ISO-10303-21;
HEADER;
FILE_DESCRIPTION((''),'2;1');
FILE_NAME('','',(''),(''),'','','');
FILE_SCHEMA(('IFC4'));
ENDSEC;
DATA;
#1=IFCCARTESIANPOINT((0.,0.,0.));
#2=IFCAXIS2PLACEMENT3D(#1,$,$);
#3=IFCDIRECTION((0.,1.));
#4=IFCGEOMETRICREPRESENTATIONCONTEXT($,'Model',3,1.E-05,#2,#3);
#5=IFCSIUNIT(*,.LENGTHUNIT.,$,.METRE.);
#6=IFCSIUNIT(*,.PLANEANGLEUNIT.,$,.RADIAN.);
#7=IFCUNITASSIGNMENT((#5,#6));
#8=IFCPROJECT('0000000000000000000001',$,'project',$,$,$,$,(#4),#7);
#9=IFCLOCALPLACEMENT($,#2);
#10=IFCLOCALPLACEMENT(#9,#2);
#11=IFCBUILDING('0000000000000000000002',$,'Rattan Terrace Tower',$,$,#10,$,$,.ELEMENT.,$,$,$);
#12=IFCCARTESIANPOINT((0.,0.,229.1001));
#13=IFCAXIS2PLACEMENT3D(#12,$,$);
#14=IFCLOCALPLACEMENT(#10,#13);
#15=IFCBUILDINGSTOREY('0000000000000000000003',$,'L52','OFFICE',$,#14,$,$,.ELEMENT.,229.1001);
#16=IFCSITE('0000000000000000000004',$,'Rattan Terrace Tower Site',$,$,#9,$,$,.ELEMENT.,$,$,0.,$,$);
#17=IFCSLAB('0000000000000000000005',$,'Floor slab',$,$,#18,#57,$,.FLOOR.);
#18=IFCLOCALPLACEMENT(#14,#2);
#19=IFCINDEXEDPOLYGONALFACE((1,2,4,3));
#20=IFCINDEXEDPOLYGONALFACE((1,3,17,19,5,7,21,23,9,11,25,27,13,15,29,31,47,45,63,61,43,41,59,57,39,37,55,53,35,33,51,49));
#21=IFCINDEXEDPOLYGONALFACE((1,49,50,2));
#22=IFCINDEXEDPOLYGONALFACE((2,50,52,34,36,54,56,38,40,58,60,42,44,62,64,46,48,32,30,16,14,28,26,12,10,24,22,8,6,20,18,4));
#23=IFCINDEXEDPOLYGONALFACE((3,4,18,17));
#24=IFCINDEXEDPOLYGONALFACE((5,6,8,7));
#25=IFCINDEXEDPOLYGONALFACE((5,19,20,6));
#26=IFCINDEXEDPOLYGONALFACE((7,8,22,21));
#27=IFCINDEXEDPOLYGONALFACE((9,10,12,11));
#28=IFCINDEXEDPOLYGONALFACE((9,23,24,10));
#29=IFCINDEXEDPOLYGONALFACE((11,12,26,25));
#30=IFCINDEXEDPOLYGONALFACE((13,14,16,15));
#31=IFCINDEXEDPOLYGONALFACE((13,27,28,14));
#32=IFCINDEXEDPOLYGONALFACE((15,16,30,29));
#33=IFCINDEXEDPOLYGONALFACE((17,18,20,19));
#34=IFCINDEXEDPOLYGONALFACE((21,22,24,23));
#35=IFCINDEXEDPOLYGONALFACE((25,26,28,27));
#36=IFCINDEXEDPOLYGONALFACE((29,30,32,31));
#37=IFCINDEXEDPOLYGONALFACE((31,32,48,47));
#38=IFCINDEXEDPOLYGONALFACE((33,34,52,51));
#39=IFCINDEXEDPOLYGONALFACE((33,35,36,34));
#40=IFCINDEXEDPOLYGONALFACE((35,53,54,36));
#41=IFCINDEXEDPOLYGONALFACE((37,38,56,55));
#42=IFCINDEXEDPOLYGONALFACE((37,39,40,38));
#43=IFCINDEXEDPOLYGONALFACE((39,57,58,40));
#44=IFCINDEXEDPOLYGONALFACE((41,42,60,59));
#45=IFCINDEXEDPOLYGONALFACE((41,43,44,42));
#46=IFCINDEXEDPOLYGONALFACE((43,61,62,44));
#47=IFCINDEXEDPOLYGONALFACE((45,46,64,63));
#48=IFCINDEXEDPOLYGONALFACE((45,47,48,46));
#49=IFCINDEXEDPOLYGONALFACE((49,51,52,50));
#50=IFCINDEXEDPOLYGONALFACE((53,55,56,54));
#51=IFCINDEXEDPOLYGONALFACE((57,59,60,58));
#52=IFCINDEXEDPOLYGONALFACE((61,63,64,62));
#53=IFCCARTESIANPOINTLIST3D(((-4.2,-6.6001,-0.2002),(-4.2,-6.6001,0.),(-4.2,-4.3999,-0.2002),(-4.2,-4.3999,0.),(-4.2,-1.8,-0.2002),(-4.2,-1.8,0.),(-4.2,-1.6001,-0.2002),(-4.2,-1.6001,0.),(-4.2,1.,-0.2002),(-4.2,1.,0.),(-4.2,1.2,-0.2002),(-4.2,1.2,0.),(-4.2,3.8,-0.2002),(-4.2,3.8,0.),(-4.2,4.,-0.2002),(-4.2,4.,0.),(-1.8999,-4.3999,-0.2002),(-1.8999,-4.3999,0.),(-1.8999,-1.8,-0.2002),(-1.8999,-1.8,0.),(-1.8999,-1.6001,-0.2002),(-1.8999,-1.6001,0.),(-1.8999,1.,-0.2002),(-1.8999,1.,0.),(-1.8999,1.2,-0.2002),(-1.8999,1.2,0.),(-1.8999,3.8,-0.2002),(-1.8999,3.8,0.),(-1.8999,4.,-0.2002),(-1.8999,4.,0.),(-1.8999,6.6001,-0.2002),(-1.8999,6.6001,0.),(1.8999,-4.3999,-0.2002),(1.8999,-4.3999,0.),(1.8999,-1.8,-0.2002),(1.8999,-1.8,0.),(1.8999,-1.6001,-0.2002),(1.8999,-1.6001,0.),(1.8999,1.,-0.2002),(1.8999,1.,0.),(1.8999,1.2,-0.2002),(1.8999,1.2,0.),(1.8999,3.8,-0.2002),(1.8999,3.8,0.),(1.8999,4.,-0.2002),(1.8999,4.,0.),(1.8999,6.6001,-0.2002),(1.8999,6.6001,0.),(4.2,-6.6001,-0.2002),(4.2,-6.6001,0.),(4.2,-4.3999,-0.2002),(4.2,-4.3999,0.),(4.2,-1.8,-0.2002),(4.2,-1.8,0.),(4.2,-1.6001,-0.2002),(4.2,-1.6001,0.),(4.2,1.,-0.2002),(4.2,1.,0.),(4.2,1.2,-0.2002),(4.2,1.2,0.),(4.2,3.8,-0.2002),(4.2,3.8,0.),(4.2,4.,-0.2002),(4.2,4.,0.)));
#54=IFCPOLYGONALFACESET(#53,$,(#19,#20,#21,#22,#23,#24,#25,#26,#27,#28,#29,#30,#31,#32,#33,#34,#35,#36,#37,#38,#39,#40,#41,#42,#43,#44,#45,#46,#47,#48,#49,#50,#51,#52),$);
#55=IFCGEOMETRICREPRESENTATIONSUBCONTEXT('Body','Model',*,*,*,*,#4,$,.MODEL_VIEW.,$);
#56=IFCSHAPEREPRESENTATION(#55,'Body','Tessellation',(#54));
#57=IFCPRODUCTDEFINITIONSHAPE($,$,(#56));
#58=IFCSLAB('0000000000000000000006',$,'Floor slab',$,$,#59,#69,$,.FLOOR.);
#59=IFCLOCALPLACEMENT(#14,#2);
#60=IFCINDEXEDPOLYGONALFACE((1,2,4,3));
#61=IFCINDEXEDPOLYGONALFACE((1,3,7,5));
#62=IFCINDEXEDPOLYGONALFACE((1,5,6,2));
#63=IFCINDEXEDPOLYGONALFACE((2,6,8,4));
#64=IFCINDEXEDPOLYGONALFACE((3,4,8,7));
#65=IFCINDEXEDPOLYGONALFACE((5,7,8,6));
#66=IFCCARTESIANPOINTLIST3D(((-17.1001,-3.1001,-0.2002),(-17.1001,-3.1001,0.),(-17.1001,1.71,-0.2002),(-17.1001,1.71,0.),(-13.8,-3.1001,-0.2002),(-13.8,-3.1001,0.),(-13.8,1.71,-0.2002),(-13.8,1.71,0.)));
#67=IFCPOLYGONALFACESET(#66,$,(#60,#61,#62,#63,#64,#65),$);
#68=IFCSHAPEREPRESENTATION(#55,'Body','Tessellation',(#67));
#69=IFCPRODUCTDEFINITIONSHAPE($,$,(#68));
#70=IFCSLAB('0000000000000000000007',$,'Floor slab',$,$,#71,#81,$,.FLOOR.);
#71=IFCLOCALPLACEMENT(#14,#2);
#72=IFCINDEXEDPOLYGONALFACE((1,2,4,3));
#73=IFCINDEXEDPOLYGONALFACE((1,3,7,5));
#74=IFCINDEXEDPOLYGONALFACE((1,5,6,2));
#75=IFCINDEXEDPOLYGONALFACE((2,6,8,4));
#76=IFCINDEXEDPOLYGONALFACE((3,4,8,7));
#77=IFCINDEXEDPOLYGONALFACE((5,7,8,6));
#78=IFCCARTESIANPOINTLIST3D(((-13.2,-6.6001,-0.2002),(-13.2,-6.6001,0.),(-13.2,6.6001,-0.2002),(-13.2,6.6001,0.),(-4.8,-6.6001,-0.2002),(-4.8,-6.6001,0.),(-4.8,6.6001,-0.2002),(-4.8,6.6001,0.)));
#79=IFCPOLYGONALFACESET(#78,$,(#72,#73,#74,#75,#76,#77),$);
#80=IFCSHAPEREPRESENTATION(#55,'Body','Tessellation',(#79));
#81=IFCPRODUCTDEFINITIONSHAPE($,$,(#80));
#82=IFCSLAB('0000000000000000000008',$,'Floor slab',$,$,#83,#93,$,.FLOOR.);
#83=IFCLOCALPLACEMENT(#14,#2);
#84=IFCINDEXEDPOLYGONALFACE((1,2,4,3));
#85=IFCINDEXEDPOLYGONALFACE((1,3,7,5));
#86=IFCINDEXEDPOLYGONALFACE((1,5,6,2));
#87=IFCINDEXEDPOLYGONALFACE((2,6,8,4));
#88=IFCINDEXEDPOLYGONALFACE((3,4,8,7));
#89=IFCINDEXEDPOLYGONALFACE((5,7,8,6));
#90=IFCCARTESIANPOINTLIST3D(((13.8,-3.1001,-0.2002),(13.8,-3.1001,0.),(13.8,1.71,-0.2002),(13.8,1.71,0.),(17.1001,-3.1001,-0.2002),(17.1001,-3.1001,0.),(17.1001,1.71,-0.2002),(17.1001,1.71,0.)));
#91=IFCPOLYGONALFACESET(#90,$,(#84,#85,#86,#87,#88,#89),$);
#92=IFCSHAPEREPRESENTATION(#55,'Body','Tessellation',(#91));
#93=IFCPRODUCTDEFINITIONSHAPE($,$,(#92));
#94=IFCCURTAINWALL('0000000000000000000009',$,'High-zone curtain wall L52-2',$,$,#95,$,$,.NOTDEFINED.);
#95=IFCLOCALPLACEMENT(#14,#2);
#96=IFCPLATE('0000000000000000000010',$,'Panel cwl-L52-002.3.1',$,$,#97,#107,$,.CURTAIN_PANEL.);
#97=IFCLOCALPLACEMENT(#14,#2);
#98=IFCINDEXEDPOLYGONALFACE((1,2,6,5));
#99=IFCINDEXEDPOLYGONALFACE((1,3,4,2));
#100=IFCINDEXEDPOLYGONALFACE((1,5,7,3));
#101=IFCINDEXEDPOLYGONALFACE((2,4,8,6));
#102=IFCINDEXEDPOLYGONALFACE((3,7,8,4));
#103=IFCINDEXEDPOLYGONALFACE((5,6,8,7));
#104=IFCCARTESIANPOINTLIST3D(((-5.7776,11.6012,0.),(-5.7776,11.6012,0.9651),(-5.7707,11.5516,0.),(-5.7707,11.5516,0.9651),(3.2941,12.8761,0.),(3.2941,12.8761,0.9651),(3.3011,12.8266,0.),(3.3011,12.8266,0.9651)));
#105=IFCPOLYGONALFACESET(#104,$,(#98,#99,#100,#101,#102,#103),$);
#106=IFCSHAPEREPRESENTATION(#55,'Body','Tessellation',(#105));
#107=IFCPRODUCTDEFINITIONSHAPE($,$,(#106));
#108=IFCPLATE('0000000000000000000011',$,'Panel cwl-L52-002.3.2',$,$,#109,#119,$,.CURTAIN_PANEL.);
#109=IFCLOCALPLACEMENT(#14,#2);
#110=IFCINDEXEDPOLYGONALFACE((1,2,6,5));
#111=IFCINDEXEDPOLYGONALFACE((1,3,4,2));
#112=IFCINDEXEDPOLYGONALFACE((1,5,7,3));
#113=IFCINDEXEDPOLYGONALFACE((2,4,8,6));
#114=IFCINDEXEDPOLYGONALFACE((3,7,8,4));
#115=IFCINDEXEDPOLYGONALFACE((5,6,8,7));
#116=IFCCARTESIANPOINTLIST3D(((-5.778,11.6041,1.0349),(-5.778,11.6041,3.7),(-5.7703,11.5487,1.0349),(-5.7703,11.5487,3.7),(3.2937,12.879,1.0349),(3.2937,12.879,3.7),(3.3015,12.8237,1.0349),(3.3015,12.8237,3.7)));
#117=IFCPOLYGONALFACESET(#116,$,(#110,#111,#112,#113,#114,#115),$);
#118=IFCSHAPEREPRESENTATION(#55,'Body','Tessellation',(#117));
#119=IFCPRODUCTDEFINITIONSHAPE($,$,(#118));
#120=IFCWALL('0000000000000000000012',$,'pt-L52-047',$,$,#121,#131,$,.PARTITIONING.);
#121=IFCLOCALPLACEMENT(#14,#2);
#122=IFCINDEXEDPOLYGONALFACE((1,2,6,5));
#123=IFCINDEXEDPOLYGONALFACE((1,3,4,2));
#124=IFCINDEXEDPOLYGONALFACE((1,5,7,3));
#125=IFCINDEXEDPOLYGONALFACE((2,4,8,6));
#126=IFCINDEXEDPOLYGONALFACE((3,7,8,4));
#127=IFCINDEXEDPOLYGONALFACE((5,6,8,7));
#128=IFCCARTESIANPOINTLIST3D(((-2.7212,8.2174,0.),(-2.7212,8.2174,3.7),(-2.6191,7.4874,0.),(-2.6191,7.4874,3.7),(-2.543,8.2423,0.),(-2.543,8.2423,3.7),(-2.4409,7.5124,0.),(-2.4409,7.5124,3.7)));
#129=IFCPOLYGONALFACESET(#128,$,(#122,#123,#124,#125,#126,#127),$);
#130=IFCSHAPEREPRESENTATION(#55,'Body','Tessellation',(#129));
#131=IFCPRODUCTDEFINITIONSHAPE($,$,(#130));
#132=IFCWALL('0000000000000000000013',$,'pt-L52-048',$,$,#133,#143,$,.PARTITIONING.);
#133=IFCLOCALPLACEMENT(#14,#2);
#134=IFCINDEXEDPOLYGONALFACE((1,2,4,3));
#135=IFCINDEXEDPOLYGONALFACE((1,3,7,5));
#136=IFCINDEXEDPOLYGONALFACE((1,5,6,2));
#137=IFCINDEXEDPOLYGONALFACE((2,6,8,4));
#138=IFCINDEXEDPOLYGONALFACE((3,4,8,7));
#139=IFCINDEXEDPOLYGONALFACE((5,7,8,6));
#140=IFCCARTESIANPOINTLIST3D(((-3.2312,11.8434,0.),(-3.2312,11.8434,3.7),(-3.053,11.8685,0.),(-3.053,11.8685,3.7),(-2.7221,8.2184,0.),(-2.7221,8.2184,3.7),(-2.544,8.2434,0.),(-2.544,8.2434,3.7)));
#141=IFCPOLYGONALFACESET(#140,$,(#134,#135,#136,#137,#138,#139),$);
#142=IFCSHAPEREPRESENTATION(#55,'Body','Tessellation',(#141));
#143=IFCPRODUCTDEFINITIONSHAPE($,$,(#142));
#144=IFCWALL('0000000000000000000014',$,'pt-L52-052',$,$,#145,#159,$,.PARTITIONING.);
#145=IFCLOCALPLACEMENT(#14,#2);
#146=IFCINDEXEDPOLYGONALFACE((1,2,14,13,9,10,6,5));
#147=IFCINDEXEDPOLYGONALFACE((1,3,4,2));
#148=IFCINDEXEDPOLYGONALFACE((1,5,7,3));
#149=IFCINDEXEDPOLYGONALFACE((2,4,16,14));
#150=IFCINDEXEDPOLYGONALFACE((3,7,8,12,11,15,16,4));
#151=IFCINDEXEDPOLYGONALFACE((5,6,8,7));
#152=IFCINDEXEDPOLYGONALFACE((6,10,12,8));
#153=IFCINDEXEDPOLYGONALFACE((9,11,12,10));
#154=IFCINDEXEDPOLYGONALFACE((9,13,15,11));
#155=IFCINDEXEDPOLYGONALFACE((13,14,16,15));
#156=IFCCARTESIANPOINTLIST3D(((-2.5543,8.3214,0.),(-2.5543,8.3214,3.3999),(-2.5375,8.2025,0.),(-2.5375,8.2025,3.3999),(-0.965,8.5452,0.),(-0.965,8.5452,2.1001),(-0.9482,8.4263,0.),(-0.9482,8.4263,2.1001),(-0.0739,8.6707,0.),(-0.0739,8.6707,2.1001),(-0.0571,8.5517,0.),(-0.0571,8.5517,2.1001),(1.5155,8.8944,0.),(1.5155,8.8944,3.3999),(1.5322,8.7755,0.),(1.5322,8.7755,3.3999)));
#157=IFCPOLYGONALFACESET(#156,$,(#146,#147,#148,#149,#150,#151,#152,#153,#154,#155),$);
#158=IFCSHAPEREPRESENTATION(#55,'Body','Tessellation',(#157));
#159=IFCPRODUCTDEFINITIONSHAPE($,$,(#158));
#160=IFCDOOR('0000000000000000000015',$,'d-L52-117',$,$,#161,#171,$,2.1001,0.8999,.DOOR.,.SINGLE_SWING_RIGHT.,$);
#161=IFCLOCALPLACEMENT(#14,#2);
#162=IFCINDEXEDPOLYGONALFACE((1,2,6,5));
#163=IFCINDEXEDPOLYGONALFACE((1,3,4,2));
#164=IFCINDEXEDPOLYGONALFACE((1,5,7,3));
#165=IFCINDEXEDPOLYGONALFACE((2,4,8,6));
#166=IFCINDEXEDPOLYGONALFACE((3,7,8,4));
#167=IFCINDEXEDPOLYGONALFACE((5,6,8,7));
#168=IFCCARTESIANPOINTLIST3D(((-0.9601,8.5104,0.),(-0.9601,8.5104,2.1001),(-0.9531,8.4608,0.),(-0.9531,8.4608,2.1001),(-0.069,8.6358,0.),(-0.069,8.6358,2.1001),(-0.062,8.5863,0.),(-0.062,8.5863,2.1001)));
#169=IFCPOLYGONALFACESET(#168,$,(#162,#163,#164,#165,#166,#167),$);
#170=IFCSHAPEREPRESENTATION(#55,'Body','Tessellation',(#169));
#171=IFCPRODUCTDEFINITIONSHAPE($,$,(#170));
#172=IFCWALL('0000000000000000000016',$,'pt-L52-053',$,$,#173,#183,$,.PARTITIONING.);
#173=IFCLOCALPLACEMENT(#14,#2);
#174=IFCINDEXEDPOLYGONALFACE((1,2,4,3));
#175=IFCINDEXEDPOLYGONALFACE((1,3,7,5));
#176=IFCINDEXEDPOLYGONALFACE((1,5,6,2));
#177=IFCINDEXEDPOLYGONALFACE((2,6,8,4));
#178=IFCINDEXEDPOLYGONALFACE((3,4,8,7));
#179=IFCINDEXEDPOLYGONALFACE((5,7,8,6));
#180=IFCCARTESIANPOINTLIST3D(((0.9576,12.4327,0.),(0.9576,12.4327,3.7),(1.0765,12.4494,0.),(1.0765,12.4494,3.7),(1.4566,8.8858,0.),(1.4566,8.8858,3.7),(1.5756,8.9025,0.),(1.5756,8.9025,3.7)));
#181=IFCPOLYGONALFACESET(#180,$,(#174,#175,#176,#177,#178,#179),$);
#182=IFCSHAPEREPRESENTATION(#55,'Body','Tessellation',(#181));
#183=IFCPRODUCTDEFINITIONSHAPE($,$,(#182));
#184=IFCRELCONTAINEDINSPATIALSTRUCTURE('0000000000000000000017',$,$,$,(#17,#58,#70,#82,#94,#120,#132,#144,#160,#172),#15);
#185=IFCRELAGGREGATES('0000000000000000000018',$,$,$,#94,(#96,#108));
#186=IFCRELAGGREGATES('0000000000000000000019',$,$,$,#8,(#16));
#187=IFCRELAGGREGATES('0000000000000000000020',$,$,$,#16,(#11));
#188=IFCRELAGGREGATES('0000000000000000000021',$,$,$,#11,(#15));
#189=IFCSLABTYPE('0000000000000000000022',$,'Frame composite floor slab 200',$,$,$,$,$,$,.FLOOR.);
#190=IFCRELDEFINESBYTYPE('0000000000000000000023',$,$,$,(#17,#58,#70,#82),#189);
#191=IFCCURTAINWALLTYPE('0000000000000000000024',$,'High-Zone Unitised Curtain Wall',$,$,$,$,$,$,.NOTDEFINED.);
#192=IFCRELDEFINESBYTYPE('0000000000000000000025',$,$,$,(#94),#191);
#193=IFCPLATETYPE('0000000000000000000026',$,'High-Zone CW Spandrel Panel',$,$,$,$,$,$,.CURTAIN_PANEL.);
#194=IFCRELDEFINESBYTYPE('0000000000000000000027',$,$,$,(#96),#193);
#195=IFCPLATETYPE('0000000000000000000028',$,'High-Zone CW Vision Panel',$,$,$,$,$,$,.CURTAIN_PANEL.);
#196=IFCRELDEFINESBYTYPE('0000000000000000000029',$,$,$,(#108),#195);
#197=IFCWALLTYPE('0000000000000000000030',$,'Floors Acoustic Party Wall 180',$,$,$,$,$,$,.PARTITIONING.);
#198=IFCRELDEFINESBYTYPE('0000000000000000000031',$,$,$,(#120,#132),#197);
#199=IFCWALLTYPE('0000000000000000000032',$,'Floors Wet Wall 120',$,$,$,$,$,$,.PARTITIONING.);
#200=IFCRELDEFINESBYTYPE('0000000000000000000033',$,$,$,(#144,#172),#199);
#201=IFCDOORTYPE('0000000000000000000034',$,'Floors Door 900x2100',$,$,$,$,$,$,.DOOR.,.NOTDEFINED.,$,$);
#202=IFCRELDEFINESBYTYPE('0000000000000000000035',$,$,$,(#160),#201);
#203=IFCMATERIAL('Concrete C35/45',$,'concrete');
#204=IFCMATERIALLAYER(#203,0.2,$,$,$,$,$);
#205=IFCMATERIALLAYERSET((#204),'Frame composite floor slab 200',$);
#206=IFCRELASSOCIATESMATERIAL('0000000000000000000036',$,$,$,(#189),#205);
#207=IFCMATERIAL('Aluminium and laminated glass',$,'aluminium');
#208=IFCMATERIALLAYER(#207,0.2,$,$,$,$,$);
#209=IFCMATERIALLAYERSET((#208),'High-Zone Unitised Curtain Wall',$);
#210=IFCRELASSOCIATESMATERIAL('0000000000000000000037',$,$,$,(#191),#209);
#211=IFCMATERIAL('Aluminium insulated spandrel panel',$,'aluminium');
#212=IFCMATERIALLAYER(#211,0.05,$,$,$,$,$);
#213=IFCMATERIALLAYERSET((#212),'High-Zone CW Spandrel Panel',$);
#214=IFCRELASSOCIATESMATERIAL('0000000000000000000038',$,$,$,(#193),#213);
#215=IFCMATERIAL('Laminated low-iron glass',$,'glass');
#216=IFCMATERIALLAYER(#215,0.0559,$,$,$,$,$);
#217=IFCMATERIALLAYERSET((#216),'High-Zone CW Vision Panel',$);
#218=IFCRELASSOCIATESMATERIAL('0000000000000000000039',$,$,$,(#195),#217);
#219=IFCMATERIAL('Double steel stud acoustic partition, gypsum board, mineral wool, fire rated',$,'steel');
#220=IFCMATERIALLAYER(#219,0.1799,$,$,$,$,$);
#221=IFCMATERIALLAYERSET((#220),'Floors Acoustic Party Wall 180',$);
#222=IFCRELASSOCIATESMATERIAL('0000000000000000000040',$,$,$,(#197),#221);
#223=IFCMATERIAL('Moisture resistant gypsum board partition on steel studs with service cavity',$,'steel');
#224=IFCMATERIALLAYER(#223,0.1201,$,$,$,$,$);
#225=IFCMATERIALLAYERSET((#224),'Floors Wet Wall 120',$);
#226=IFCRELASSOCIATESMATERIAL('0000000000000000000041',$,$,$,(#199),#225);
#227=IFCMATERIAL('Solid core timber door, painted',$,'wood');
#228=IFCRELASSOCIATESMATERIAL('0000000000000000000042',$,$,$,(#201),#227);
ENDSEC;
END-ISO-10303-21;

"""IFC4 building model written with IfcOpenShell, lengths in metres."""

from ifc_helpers import new_model, si_unit, direction, frame, frame_2d, origin, origin_2d, place, context, subcontext, project, spatial, polyline, rectangle, outline, extrude, material, layer, layer_set, type_object, element, fill, aggregate, save


model = new_model("IFC4")

# Units and contexts
model_context = context("Model", 3, precision=1e-05, world=origin(), true_north=direction((0.0, 1.0)))
body_context = subcontext(model_context, "Body", "Model", "MODEL_VIEW")
ifc_project = project(units=[si_unit("LENGTHUNIT", "METRE"), si_unit("PLANEANGLEUNIT", "RADIAN")], contexts=[model_context])

# Site, building, storey
site_placement = place(None, origin())
site = spatial("IfcSite", under=ifc_project, at=site_placement, Name="Rattan Terrace Tower Site", CompositionType="ELEMENT", RefElevation=0.0)
building_placement = place(site_placement, origin())
building = spatial("IfcBuilding", under=site, at=building_placement, Name="Rattan Terrace Tower", CompositionType="ELEMENT")
storey_placement = place(building_placement, frame((0.0, 0.0, 229.1001)))
storey = spatial("IfcBuildingStorey", under=building, at=storey_placement, Name="L52", Description="OFFICE", CompositionType="ELEMENT", Elevation=229.1001)

# Slabs
ifc_material_1 = material(Name="Concrete C35/45", Category="concrete")
ifc_layer_1 = layer(ifc_material_1, 0.2)
ifc_layer_set_1 = layer_set([ifc_layer_1], Name="Frame composite floor slab 200")
slab_type_1 = type_object("IfcSlabType", Name="Frame composite floor slab 200", PredefinedType="FLOOR", material=ifc_layer_set_1)
slab_1_placement = place(storey_placement, frame((0.0, 0.0, -0.2002)))
element("IfcSlab", 1, at=slab_1_placement, inside=storey, type_object=slab_type_1, Name="Floor slab", PredefinedType="FLOOR", context=body_context, shape_type="SweptSolid", body=[
    extrude(outline(polyline([(1.8999, 6.6001), (-1.8999, 6.6001), (-1.8999, 4.0), (-4.2, 4.0), (-4.2, 3.8), (-1.8999, 3.8), (-1.8999, 1.2), (-4.2, 1.2), (-4.2, 1.0), (-1.8999, 1.0), (-1.8999, -1.6001), (-4.2, -1.6001), (-4.2, -1.8), (-1.8999, -1.8), (-1.8999, -4.3999), (-4.2, -4.3999), (-4.2, -6.6001), (4.2, -6.6001), (4.2, -4.3999), (1.8999, -4.3999), (1.8999, -1.8), (4.2, -1.8), (4.2, -1.6001), (1.8999, -1.6001), (1.8999, 1.0), (4.2, 1.0), (4.2, 1.2), (1.8999, 1.2), (1.8999, 3.8), (4.2, 3.8), (4.2, 4.0), (1.8999, 4.0), (1.8999, 6.6001)])), origin(), (0.0, 0.0, 1.0), 0.2002),
])
slab_2_placement = place(storey_placement, frame((0.0, 0.0, -0.2002)))
element("IfcSlab", 2, at=slab_2_placement, inside=storey, type_object=slab_type_1, Name="Floor slab", PredefinedType="FLOOR", context=body_context, shape_type="SweptSolid", body=[
    extrude(outline(polyline([(-17.1001, -3.1001), (-13.8, -3.1001), (-13.8, 1.71), (-17.1001, 1.71), (-17.1001, -3.1001)])), origin(), (0.0, 0.0, 1.0), 0.2002),
])
slab_3_placement = place(storey_placement, frame((0.0, 0.0, -0.2002)))
element("IfcSlab", 3, at=slab_3_placement, inside=storey, type_object=slab_type_1, Name="Floor slab", PredefinedType="FLOOR", context=body_context, shape_type="SweptSolid", body=[
    extrude(outline(polyline([(-4.8, -6.6001), (-4.8, 6.6001), (-13.2, 6.6001), (-13.2, -6.6001), (-4.8, -6.6001)])), origin(), (0.0, 0.0, 1.0), 0.2002),
])
slab_4_placement = place(storey_placement, frame((0.0, 0.0, -0.2002)))
element("IfcSlab", 4, at=slab_4_placement, inside=storey, type_object=slab_type_1, Name="Floor slab", PredefinedType="FLOOR", context=body_context, shape_type="SweptSolid", body=[
    extrude(outline(polyline([(13.8, -3.1001), (17.1001, -3.1001), (17.1001, 1.71), (13.8, 1.71), (13.8, -3.1001)])), origin(), (0.0, 0.0, 1.0), 0.2002),
])

# Curtain wall, plates
ifc_material_2 = material(Name="Aluminium and laminated glass", Category="aluminium")
ifc_layer_2 = layer(ifc_material_2, 0.2)
ifc_layer_set_2 = layer_set([ifc_layer_2], Name="High-Zone Unitised Curtain Wall")
curtain_wall_type = type_object("IfcCurtainWallType", Name="High-Zone Unitised Curtain Wall", PredefinedType="NOTDEFINED", material=ifc_layer_set_2)
curtain_wall_placement = place(storey_placement, origin())
curtain_wall = element("IfcCurtainWall", 5, at=curtain_wall_placement, inside=storey, type_object=curtain_wall_type, Name="High-zone curtain wall L52-2", PredefinedType="NOTDEFINED")
ifc_material_3 = material(Name="Aluminium insulated spandrel panel", Category="aluminium")
ifc_layer_3 = layer(ifc_material_3, 0.05)
ifc_layer_set_3 = layer_set([ifc_layer_3], Name="High-Zone CW Spandrel Panel")
plate_type_1 = type_object("IfcPlateType", Name="High-Zone CW Spandrel Panel", PredefinedType="CURTAIN_PANEL", material=ifc_layer_set_3)
plate_1_placement = place(storey_placement, frame((-1.2383, 12.2139, 0.0), z_axis=(0.0, 0.0, 1.0), x_axis=(-0.990267, -0.139177, 0.0)))
plate_1 = element("IfcPlate", 6, at=plate_1_placement, type_object=plate_type_1, Name="Panel cwl-L52-002.3.1", PredefinedType="CURTAIN_PANEL", context=body_context, shape_type="SweptSolid", body=[
    extrude(rectangle(XDim=9.1609, YDim=0.05, at=origin_2d()), origin(), (0.0, 0.0, 1.0), 0.9651),
])
ifc_material_4 = material(Name="Laminated low-iron glass", Category="glass")
ifc_layer_4 = layer(ifc_material_4, 0.0559)
ifc_layer_set_4 = layer_set([ifc_layer_4], Name="High-Zone CW Vision Panel")
plate_type_2 = type_object("IfcPlateType", Name="High-Zone CW Vision Panel", PredefinedType="CURTAIN_PANEL", material=ifc_layer_set_4)
plate_2_placement = place(storey_placement, frame((-1.2383, 12.2139, 1.0349), z_axis=(0.0, 0.0, 1.0), x_axis=(-0.990267, -0.139177, 0.0)))
plate_2 = element("IfcPlate", 7, at=plate_2_placement, type_object=plate_type_2, Name="Panel cwl-L52-002.3.2", PredefinedType="CURTAIN_PANEL", context=body_context, shape_type="SweptSolid", body=[
    extrude(rectangle(XDim=9.1609, YDim=0.0559, at=origin_2d()), origin(), (0.0, 0.0, 1.0), 2.665),
])
aggregate(curtain_wall, [plate_1, plate_2])

# Walls
ifc_material_5 = material(Name="Double steel stud acoustic partition, gypsum board, mineral wool, fire rated", Category="steel")
ifc_layer_5 = layer(ifc_material_5, 0.1799)
ifc_layer_set_5 = layer_set([ifc_layer_5], Name="Floors Acoustic Party Wall 180")
wall_type_1 = type_object("IfcWallType", Name="Floors Acoustic Party Wall 180", PredefinedType="PARTITIONING", material=ifc_layer_set_5)
wall_1_placement = place(storey_placement, frame((-2.6321, 8.23, 0.0), z_axis=(0.0, 0.0, 1.0), x_axis=(0.138453, -0.990369, 0.0)))
element("IfcWall", 8, at=wall_1_placement, inside=storey, type_object=wall_type_1, Name="pt-L52-047", PredefinedType="PARTITIONING", context=body_context, shape_type="SweptSolid", body=[
    extrude(rectangle(XDim=0.7371, YDim=0.1799, at=frame_2d((0.3687, 0.0))), origin(), (0.0, 0.0, 1.0), 3.7),
])
wall_2_placement = place(storey_placement, frame((-3.1421, 11.856, 0.0), z_axis=(0.0, 0.0, 1.0), x_axis=(0.139059, -0.990284, 0.0)))
element("IfcWall", 9, at=wall_2_placement, inside=storey, type_object=wall_type_1, Name="pt-L52-048", PredefinedType="PARTITIONING", context=body_context, shape_type="SweptSolid", body=[
    extrude(rectangle(XDim=3.6606, YDim=0.1799, at=frame_2d((1.8303, 0.0))), origin(), (0.0, 0.0, 1.0), 3.7),
])

# Wall, opening, door
ifc_material_6 = material(Name="Moisture resistant gypsum board partition on steel studs with service cavity", Category="steel")
ifc_layer_6 = layer(ifc_material_6, 0.1201)
ifc_layer_set_6 = layer_set([ifc_layer_6], Name="Floors Wet Wall 120")
wall_type_2 = type_object("IfcWallType", Name="Floors Wet Wall 120", PredefinedType="PARTITIONING", material=ifc_layer_set_6)
wall_3_placement = place(storey_placement, frame((-2.5459, 8.262, 0.0), z_axis=(0.0, 0.0, 1.0), x_axis=(0.990234, 0.139417, 0.0)))
wall_3 = element("IfcWall", 10, at=wall_3_placement, inside=storey, type_object=wall_type_2, Name="pt-L52-052", PredefinedType="PARTITIONING", context=body_context, shape_type="SweptSolid", body=[
    extrude(rectangle(XDim=4.1099, YDim=0.1201, at=frame_2d((2.0549, 0.0))), origin(), (0.0, 0.0, 1.0), 3.3999),
])
opening_placement = place(wall_3_placement, frame((1.605, 0.0, 0.0)))
opening = element("IfcOpeningElement", 11, at=opening_placement, cuts=wall_3, PredefinedType="OPENING", context=body_context, shape_type="SweptSolid", body=[
    extrude(rectangle(XDim=0.8999, YDim=2.1001, at=frame_2d((0.45, 1.05))), frame((0.0, 0.0706, 0.0), z_axis=(0.0, -1.0, 0.0), x_axis=(1.0, 0.0, 0.0)), (0.0, 0.0, 1.0), 0.1411),
])
ifc_material_7 = material(Name="Solid core timber door, painted", Category="wood")
door_type = type_object("IfcDoorType", Name="Floors Door 900x2100", OperationType="NOTDEFINED", PredefinedType="DOOR", material=ifc_material_7)
door_placement = place(opening_placement, origin())
door = element("IfcDoor", 12, at=door_placement, inside=storey, type_object=door_type, Name="d-L52-117", OperationType="SINGLE_SWING_RIGHT", OverallHeight=2.1001, OverallWidth=0.8999, PredefinedType="DOOR", context=body_context, shape_type="SweptSolid", body=[
    extrude(rectangle(XDim=0.8999, YDim=2.1001, at=frame_2d((0.45, 1.05))), frame((0.0, 0.0249, 0.0), z_axis=(0.0, -1.0, 0.0), x_axis=(1.0, 0.0, 0.0)), (0.0, 0.0, 1.0), 0.05),
])
fill(opening, door)

# Wall
wall_4_placement = place(storey_placement, frame((1.5161, 8.894, 0.0), z_axis=(0.0, 0.0, 1.0), x_axis=(-0.139322, 0.990247, 0.0)))
element("IfcWall", 13, at=wall_4_placement, inside=storey, type_object=wall_type_2, Name="pt-L52-053", PredefinedType="PARTITIONING", context=body_context, shape_type="SweptSolid", body=[
    extrude(rectangle(XDim=3.5818, YDim=0.1201, at=frame_2d((1.791, 0.0))), origin(), (0.0, 0.0, 1.0), 3.7),
])

save(model, "model.ifc")
